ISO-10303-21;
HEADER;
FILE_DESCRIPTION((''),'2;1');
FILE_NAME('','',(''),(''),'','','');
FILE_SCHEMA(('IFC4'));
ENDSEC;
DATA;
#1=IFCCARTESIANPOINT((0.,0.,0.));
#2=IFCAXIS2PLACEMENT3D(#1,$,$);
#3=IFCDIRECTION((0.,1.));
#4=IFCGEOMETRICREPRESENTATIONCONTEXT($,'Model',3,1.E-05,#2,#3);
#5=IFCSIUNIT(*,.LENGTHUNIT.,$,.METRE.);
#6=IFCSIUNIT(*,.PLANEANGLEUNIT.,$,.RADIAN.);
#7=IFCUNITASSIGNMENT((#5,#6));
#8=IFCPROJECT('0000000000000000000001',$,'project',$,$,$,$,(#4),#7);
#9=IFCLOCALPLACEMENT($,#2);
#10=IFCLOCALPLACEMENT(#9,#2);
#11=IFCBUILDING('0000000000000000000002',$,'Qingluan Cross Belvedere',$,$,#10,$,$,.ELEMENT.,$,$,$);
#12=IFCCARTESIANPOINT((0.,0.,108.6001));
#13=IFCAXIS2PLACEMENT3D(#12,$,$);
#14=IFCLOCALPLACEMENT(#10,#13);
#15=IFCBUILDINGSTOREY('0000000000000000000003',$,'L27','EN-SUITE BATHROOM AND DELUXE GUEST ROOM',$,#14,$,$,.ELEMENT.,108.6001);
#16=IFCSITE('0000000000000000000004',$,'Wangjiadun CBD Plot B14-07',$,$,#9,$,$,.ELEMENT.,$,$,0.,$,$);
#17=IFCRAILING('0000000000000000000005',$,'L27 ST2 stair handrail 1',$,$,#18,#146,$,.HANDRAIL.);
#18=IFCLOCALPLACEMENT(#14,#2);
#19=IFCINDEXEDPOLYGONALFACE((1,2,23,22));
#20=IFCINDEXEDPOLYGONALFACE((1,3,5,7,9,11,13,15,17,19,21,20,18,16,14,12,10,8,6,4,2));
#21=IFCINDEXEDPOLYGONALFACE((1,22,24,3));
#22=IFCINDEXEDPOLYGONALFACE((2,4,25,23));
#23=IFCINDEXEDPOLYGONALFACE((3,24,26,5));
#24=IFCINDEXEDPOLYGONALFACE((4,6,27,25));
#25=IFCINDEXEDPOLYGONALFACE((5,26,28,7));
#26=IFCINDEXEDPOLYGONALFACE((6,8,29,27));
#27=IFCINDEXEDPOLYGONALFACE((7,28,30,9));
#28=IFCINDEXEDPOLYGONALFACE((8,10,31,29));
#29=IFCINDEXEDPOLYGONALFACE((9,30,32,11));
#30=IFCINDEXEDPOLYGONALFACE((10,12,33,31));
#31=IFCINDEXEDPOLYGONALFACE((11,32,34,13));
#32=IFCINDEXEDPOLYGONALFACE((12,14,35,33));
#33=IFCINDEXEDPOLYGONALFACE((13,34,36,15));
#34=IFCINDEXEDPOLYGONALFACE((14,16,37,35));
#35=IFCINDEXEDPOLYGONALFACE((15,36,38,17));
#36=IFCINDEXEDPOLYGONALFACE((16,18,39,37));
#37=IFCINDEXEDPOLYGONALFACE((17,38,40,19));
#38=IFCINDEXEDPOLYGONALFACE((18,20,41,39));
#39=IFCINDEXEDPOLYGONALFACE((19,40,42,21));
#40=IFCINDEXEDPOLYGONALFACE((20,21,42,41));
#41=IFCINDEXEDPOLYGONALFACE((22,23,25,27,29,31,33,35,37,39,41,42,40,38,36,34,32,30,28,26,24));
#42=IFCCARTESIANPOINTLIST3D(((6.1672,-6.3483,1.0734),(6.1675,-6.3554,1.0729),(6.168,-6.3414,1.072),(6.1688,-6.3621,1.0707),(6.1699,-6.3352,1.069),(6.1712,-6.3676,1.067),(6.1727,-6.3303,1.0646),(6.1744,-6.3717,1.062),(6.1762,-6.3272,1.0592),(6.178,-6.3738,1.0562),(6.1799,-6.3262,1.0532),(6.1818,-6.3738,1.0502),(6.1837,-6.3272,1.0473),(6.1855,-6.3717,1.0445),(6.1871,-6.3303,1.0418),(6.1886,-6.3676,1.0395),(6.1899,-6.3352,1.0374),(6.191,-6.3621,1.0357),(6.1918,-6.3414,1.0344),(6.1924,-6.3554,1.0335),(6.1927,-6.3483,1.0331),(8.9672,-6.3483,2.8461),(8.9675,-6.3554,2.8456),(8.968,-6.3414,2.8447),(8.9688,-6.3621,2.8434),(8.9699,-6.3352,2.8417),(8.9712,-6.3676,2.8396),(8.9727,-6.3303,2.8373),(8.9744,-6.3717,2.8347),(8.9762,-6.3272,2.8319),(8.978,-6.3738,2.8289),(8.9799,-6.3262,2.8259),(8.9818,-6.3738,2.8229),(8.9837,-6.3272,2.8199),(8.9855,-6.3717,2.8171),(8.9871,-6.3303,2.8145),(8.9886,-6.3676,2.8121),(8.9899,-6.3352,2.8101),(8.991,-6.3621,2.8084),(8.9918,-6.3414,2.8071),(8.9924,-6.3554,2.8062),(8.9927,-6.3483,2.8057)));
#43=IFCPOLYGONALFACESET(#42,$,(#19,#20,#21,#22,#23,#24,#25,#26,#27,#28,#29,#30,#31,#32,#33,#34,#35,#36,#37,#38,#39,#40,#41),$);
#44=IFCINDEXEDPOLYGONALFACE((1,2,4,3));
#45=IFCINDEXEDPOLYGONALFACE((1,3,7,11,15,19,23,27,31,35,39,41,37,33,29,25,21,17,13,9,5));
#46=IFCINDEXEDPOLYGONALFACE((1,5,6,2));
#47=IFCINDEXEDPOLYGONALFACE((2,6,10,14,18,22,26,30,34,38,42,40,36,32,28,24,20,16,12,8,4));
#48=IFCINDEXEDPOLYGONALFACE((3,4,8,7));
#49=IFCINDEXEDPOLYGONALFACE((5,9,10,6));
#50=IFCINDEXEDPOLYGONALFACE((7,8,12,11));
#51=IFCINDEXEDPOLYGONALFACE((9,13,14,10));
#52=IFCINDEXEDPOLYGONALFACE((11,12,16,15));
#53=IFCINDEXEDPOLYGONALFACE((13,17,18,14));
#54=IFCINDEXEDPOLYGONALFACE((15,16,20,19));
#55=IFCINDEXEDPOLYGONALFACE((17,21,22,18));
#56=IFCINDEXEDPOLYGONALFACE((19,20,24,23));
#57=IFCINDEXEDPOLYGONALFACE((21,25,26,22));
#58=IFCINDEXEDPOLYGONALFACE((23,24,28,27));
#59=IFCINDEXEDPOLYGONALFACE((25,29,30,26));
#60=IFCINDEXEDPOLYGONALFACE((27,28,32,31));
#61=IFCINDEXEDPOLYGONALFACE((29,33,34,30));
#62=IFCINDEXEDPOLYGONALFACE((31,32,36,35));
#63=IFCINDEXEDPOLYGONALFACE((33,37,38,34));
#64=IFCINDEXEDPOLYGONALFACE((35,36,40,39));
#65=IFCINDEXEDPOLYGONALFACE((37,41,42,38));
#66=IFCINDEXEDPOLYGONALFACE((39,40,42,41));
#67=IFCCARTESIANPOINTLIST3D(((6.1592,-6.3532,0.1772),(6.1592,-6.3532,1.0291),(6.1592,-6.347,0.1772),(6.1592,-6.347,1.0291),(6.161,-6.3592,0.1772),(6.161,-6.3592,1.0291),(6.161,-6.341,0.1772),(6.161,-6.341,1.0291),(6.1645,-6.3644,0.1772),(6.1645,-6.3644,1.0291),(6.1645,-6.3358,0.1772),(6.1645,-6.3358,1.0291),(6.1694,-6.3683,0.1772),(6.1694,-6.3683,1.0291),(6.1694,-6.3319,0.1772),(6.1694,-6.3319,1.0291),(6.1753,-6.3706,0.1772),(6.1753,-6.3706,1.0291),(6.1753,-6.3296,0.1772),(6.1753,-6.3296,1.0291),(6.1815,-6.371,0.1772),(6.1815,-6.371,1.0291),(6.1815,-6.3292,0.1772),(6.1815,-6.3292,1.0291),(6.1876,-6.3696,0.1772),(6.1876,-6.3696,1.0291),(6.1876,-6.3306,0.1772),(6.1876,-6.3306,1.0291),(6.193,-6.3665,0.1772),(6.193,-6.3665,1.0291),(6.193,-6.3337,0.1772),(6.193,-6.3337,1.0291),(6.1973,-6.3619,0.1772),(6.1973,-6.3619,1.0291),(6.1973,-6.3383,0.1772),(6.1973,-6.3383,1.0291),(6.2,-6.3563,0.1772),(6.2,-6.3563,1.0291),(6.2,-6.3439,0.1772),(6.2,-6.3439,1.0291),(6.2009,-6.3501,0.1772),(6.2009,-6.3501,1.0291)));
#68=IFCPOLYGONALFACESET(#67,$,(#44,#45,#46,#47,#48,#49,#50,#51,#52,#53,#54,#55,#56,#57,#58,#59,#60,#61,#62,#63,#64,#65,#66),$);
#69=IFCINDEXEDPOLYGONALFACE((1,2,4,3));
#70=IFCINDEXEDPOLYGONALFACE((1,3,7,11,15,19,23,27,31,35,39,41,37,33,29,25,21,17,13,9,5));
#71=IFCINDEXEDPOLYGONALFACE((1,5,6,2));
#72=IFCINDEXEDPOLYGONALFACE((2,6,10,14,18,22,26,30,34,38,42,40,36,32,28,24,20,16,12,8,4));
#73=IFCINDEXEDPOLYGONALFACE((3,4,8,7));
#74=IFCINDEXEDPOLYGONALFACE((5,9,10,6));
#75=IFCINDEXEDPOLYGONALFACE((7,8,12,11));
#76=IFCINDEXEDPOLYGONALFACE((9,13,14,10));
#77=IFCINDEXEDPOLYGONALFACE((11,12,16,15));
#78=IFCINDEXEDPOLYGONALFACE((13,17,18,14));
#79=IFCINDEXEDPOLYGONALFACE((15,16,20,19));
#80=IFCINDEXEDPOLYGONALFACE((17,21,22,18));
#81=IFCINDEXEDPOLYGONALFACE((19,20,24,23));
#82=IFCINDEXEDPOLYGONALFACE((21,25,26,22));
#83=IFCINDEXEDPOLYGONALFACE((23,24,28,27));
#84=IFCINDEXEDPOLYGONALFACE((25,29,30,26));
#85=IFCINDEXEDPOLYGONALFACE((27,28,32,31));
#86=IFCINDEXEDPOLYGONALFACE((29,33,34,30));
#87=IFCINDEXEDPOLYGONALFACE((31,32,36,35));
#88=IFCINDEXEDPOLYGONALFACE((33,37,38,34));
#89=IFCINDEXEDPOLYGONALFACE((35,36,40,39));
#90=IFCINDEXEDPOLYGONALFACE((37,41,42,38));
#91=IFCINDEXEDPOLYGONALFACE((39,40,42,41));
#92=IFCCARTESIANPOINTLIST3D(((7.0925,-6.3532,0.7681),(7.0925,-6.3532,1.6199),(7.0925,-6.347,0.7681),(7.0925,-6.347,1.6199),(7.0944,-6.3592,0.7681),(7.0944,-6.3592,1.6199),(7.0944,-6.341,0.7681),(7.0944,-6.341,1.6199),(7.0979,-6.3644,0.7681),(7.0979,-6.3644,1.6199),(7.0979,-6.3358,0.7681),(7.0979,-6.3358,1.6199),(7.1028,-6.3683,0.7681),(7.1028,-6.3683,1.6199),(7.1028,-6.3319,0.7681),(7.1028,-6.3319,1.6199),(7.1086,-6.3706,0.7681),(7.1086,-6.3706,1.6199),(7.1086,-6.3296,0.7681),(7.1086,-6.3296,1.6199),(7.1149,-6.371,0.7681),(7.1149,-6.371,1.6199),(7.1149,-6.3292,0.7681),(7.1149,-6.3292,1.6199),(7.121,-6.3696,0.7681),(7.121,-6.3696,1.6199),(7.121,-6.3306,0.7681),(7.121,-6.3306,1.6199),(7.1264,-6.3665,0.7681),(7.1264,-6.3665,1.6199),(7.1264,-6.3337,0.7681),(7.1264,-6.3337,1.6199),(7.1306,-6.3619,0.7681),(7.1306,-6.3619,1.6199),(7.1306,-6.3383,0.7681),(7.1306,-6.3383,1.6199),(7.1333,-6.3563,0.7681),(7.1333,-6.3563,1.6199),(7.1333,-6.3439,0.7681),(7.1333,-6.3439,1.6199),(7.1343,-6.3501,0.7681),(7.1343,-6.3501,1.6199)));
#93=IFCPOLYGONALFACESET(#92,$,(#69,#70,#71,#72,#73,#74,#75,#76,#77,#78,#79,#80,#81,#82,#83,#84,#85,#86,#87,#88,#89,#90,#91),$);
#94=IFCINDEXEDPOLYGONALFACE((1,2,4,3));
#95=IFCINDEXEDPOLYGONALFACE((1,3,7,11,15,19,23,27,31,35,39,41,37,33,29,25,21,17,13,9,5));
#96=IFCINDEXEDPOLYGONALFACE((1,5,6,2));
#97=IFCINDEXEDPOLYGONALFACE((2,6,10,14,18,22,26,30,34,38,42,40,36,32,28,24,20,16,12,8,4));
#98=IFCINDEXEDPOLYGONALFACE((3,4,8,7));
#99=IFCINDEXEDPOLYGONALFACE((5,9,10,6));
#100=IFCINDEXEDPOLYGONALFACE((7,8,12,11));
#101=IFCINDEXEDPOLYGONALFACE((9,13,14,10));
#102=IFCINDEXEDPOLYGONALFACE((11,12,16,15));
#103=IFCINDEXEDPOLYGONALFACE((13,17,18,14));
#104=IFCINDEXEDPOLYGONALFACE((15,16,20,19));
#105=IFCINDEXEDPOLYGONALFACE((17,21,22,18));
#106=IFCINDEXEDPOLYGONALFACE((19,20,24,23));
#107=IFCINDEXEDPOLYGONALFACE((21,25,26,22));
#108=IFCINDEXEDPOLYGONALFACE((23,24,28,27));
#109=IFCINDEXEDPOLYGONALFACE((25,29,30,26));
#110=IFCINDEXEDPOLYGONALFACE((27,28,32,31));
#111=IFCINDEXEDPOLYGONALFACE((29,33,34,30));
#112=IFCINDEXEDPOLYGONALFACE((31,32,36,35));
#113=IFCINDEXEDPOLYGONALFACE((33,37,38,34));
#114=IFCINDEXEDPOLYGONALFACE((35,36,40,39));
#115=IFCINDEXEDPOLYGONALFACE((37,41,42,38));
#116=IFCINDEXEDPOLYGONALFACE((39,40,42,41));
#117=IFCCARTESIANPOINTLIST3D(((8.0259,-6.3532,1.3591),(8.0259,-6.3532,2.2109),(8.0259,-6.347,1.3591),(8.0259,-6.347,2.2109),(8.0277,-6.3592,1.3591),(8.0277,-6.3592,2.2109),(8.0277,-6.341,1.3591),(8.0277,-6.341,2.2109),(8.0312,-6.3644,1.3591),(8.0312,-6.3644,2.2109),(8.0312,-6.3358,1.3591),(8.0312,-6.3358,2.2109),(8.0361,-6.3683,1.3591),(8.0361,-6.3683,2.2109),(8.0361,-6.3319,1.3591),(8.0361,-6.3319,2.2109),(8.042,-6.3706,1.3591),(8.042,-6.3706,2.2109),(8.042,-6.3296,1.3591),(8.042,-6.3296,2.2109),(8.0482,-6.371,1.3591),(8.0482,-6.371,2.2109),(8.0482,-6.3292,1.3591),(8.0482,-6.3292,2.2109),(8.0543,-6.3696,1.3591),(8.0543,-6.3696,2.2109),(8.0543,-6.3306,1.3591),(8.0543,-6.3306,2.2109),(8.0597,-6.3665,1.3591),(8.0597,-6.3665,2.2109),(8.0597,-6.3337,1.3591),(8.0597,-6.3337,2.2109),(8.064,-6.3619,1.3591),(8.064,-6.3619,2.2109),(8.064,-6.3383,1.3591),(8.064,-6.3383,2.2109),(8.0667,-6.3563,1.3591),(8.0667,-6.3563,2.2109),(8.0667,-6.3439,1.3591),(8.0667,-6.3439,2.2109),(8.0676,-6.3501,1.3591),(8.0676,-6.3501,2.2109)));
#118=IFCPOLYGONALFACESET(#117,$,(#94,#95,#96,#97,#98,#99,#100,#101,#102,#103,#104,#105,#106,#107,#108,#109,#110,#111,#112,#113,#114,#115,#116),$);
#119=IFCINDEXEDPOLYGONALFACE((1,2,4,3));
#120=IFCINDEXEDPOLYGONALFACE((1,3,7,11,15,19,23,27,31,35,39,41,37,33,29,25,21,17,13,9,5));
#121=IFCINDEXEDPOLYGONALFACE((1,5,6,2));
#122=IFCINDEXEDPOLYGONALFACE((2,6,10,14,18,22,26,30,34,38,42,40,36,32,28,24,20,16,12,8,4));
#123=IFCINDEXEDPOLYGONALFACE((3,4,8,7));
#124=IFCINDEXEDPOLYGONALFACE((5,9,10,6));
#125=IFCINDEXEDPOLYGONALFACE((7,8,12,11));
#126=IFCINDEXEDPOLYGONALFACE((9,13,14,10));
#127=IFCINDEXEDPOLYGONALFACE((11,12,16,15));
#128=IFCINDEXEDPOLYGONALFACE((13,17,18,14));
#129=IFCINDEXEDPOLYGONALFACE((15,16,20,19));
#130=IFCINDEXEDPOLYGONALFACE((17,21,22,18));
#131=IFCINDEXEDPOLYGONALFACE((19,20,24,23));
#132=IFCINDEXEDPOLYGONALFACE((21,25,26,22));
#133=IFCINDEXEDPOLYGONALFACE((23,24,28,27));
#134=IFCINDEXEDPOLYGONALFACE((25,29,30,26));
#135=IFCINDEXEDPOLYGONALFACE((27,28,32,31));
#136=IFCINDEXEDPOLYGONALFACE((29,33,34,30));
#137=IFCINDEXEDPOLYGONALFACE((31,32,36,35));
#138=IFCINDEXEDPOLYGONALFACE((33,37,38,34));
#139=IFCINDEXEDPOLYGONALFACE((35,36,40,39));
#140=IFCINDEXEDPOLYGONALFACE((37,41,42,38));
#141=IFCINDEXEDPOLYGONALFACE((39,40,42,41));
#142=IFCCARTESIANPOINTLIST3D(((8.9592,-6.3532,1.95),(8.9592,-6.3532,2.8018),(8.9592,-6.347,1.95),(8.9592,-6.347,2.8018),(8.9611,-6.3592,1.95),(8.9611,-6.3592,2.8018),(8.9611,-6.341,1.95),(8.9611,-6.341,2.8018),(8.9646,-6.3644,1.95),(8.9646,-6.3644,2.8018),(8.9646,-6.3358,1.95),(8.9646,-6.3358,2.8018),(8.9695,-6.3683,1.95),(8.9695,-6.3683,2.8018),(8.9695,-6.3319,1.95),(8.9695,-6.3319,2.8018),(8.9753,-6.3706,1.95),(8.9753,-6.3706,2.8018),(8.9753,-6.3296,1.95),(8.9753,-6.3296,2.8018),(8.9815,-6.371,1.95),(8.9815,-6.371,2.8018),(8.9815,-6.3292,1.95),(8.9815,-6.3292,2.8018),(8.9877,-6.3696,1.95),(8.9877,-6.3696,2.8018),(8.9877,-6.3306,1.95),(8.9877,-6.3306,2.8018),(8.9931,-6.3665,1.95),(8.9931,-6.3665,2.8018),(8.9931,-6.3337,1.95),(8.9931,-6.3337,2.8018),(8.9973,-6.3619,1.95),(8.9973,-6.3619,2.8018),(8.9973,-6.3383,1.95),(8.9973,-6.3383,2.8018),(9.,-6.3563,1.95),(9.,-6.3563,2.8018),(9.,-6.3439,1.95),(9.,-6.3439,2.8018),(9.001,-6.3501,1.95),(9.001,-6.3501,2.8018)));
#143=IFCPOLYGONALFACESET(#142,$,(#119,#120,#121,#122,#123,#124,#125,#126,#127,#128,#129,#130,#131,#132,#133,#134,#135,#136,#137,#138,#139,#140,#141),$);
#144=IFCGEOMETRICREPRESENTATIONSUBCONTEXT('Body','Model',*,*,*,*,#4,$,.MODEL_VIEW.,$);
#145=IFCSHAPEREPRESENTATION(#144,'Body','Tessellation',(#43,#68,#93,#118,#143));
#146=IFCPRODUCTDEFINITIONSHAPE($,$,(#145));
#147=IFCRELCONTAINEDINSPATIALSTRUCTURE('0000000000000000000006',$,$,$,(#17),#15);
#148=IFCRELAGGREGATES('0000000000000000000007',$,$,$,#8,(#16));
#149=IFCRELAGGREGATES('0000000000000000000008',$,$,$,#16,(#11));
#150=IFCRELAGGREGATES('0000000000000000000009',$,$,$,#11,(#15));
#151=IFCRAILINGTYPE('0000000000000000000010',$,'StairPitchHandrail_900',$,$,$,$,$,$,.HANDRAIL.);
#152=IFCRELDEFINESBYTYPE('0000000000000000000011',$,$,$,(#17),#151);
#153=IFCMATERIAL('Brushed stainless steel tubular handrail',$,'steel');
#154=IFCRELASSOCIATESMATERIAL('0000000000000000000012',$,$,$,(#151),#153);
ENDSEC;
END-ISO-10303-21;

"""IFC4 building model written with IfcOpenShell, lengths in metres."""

from ifc_helpers import new_model, si_unit, direction, frame, origin, origin_2d, place, context, subcontext, project, spatial, circle, extrude, material, type_object, element, save


model = new_model("IFC4")

# Units and contexts
model_context = context("Model", 3, precision=1e-05, world=origin(), true_north=direction((0.0, 1.0)))
body_context = subcontext(model_context, "Body", "Model", "MODEL_VIEW")
ifc_project = project(units=[si_unit("LENGTHUNIT", "METRE"), si_unit("PLANEANGLEUNIT", "RADIAN")], contexts=[model_context])

# Site, building, storey
site_placement = place(None, origin())
site = spatial("IfcSite", under=ifc_project, at=site_placement, Name="Wangjiadun CBD Plot B14-07", CompositionType="ELEMENT", RefElevation=0.0)
building_placement = place(site_placement, origin())
building = spatial("IfcBuilding", under=site, at=building_placement, Name="Qingluan Cross Belvedere", CompositionType="ELEMENT")
storey_placement = place(building_placement, frame((0.0, 0.0, 108.6001)))
storey = spatial("IfcBuildingStorey", under=building, at=storey_placement, Name="L27", Description="EN-SUITE BATHROOM AND DELUXE GUEST ROOM", CompositionType="ELEMENT", Elevation=108.6001)

# Railing
ifc_material_1 = material(Name="Brushed stainless steel tubular handrail", Category="steel")
railing_type_1 = type_object("IfcRailingType", Name="StairPitchHandrail_900", PredefinedType="HANDRAIL", material=ifc_material_1)
railing_1_placement = place(storey_placement, frame((6.1799, -6.3501, 0.1772)))
element("IfcRailing", 1, at=railing_1_placement, inside=storey, type_object=railing_type_1, Name="L27 ST2 stair handrail 1", PredefinedType="HANDRAIL", context=body_context, shape_type="SweptSolid", body=[
    extrude(circle(Radius=0.0239, at=origin_2d()), frame((0.0, 0.0, 0.876), z_axis=(0.844909, 0.0, 0.53491), x_axis=(0.0, 1.0, 0.0)), (0.0, 0.0, 1.0), 3.314),
    extrude(circle(Radius=0.021, at=origin_2d()), origin(), (0.0, 0.0, 1.0), 0.8518),
    extrude(circle(Radius=0.021, at=origin_2d()), frame((0.9333, 0.0, 0.5908)), (0.0, 0.0, 1.0), 0.8518),
    extrude(circle(Radius=0.021, at=origin_2d()), frame((1.8667, 0.0, 1.1819)), (0.0, 0.0, 1.0), 0.8518),
    extrude(circle(Radius=0.021, at=origin_2d()), frame((2.8, 0.0, 1.7727)), (0.0, 0.0, 1.0), 0.8518),
])

save(model, "model.ifc")
